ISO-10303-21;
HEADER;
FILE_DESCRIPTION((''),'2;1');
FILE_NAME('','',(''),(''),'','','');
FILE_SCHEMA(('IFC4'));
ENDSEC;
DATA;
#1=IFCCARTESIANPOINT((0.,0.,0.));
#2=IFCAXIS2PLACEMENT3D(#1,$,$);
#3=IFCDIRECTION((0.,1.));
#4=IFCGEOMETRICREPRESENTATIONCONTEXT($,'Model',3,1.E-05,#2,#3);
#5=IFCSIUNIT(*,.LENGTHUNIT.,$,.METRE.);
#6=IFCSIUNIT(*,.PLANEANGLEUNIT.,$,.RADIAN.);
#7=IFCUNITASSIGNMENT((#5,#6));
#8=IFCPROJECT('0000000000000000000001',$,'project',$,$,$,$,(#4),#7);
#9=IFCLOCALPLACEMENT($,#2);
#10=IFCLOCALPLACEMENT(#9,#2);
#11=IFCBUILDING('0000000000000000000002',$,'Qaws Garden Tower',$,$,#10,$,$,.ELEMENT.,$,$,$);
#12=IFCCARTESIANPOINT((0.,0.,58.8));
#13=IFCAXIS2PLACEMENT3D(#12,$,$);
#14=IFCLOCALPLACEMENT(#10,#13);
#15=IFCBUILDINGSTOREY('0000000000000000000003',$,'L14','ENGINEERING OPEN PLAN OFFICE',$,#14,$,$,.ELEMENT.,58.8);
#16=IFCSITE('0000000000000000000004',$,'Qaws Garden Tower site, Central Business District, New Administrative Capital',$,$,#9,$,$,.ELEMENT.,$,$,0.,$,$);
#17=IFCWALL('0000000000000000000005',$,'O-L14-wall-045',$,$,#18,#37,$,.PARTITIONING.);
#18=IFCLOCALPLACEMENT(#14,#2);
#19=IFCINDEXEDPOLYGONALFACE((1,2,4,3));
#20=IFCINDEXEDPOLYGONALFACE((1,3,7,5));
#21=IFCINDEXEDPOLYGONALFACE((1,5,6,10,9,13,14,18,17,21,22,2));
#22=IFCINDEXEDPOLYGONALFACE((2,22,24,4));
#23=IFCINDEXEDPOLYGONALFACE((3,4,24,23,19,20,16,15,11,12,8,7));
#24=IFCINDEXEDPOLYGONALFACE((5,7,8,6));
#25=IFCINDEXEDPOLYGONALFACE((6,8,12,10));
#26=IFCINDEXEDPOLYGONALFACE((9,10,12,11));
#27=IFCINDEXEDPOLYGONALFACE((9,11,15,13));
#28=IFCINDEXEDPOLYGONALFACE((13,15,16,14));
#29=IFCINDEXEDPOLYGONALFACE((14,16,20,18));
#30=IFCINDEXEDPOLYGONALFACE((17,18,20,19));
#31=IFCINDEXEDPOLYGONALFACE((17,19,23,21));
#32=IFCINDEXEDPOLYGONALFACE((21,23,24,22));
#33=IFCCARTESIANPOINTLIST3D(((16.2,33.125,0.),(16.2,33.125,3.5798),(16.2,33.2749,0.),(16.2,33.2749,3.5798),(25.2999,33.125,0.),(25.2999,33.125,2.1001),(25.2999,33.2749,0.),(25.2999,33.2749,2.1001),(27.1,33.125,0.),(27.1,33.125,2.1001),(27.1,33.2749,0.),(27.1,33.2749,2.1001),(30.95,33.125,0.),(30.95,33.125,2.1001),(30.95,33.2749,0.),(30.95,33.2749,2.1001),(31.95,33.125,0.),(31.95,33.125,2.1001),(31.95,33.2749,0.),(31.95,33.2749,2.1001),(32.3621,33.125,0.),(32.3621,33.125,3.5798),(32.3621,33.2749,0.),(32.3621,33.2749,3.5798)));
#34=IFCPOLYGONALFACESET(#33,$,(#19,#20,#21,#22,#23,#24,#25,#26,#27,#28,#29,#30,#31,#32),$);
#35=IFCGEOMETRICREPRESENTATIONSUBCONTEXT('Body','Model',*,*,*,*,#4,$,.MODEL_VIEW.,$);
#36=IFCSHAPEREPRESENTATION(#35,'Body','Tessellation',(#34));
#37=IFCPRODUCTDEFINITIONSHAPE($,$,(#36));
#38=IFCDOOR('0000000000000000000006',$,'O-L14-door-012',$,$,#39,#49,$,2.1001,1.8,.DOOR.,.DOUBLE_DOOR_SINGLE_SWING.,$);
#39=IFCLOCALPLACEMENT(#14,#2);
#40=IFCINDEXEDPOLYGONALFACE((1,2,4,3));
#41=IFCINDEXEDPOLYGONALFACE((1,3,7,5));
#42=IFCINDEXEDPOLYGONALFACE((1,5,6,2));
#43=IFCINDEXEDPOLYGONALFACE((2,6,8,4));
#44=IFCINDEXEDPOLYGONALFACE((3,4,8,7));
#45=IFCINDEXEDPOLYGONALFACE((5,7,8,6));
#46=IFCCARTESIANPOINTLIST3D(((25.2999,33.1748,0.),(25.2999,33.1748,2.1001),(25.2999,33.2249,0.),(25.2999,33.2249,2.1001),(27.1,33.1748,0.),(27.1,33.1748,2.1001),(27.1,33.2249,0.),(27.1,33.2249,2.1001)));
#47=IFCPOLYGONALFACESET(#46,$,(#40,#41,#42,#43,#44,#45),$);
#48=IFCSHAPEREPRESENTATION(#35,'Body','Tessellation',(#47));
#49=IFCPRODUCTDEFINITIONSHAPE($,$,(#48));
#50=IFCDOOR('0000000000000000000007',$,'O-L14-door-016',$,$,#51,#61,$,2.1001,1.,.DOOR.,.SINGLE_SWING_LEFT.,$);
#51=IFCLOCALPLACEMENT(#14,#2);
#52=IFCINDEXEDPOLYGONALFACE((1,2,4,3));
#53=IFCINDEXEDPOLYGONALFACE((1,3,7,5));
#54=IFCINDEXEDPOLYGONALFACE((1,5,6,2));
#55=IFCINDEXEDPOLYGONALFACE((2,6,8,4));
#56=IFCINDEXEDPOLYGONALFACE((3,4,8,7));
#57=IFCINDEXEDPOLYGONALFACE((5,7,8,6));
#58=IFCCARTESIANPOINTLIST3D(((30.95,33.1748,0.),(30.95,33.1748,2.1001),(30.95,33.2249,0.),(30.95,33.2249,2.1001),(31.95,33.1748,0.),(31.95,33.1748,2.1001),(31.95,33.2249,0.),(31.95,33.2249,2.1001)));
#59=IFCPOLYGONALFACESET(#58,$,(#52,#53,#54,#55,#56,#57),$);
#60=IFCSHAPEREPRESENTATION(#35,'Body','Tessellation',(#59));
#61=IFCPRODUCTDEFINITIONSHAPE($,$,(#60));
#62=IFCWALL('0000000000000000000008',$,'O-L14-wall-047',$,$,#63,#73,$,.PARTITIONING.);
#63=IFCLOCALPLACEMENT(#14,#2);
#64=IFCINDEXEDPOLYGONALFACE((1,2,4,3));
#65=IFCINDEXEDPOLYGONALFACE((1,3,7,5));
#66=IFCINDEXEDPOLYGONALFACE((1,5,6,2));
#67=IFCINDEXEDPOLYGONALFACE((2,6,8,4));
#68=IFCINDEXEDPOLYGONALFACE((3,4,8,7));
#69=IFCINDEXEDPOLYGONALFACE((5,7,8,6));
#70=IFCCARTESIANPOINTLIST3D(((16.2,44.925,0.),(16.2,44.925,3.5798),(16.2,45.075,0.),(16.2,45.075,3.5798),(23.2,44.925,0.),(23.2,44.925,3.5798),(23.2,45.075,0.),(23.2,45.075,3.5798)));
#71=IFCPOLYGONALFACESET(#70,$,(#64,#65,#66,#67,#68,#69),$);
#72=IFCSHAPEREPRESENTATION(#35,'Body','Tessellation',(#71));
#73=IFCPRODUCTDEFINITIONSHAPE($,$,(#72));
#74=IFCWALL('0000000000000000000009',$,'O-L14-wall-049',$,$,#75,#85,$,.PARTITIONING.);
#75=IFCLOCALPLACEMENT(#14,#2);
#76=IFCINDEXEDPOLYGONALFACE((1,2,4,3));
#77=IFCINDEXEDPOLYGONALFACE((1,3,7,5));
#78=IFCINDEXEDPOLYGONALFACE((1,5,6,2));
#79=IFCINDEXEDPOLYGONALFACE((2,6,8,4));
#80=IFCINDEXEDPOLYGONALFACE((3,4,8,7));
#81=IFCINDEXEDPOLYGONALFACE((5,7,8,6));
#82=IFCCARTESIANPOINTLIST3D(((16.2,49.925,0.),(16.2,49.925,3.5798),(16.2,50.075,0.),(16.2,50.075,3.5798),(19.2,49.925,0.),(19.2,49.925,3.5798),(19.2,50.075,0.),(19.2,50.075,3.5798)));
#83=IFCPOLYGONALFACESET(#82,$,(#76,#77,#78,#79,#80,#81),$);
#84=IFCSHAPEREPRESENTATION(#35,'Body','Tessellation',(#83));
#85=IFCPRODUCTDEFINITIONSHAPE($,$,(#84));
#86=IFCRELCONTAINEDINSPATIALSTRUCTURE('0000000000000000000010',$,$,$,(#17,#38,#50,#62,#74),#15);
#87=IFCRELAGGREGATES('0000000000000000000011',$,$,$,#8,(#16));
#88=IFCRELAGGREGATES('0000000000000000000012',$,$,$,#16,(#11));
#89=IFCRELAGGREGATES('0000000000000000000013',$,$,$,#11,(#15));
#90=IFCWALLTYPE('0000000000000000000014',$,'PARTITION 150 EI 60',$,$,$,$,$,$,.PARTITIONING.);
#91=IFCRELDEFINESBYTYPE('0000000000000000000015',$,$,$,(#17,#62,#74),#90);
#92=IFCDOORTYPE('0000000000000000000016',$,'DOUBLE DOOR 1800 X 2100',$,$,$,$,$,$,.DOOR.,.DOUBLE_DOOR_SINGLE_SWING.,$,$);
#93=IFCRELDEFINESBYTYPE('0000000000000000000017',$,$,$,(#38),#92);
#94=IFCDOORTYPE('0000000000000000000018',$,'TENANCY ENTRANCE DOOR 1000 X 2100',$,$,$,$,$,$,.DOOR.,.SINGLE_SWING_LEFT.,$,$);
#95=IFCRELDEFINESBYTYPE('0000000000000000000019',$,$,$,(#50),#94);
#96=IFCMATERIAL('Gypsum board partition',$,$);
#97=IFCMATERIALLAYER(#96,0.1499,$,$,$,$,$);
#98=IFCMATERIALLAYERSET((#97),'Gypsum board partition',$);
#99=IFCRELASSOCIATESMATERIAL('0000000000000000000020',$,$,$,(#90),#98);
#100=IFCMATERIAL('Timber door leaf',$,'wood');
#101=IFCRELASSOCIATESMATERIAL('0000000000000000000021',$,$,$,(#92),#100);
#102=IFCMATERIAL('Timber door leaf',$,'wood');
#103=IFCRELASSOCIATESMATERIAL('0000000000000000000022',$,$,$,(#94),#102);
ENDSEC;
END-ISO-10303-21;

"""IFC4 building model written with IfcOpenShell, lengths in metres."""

from ifc_helpers import new_model, si_unit, direction, frame, frame_2d, origin, place, context, subcontext, project, spatial, rectangle, extrude, material, layer, layer_set, type_object, element, fill, save


model = new_model("IFC4")

# Units and contexts
model_context = context("Model", 3, precision=1e-05, world=origin(), true_north=direction((0.0, 1.0)))
body_context = subcontext(model_context, "Body", "Model", "MODEL_VIEW")
ifc_project = project(units=[si_unit("LENGTHUNIT", "METRE"), si_unit("PLANEANGLEUNIT", "RADIAN")], contexts=[model_context])

# Site, building, storey
site_placement = place(None, origin())
site = spatial("IfcSite", under=ifc_project, at=site_placement, Name="Qaws Garden Tower site, Central Business District, New Administrative Capital", CompositionType="ELEMENT", RefElevation=0.0)
building_placement = place(site_placement, origin())
building = spatial("IfcBuilding", under=site, at=building_placement, Name="Qaws Garden Tower", CompositionType="ELEMENT")
storey_placement = place(building_placement, frame((0.0, 0.0, 58.8)))
storey = spatial("IfcBuildingStorey", under=building, at=storey_placement, Name="L14", Description="ENGINEERING OPEN PLAN OFFICE", CompositionType="ELEMENT", Elevation=58.8)

# Shared definitions
ifc_material_1 = material(Name="Gypsum board partition")
ifc_layer_1 = layer(ifc_material_1, 0.1499)
ifc_layer_set_1 = layer_set([ifc_layer_1], Name="Gypsum board partition")
wall_type_1 = type_object("IfcWallType", Name="PARTITION 150 EI 60", PredefinedType="PARTITIONING", material=ifc_layer_set_1)
ifc_material_2 = material(Name="Timber door leaf", Category="wood")
door_type_1 = type_object("IfcDoorType", Name="DOUBLE DOOR 1800 X 2100", OperationType="DOUBLE_DOOR_SINGLE_SWING", PredefinedType="DOOR", material=ifc_material_2)
ifc_material_3 = material(Name="Timber door leaf", Category="wood")
door_type_2 = type_object("IfcDoorType", Name="TENANCY ENTRANCE DOOR 1000 X 2100", OperationType="SINGLE_SWING_LEFT", PredefinedType="DOOR", material=ifc_material_3)

# Wall, openings, doors
wall_1_placement = place(storey_placement, frame((16.2, 33.2, 0.0), z_axis=(0.0, 0.0, 1.0), x_axis=(1.0, 0.0, 0.0)))
wall_1 = element("IfcWall", 1, at=wall_1_placement, inside=storey, type_object=wall_type_1, Name="O-L14-wall-045", PredefinedType="PARTITIONING", context=body_context, shape_type="SweptSolid", body=[
    extrude(rectangle(XDim=16.1621, YDim=0.1499, at=frame_2d((8.0811, 0.0))), origin(), (0.0, 0.0, 1.0), 3.5798),
])
opening_1_placement = place(wall_1_placement, frame((9.1001, 0.0, 0.0)))
opening_1 = element("IfcOpeningElement", 2, at=opening_1_placement, cuts=wall_1, PredefinedType="OPENING", context=body_context, shape_type="SweptSolid", body=[
    extrude(rectangle(XDim=1.8, YDim=2.1001, at=frame_2d((0.8999, 1.05))), frame((0.0, 0.085, 0.0), z_axis=(0.0, -1.0, 0.0), x_axis=(1.0, 0.0, 0.0)), (0.0, 0.0, 1.0), 0.1699),
])
opening_2_placement = place(wall_1_placement, frame((14.75, 0.0, 0.0)))
opening_2 = element("IfcOpeningElement", 3, at=opening_2_placement, cuts=wall_1, PredefinedType="OPENING", context=body_context, shape_type="SweptSolid", body=[
    extrude(rectangle(XDim=1.0, YDim=2.1001, at=frame_2d((0.5, 1.05))), frame((0.0, 0.085, 0.0), z_axis=(0.0, -1.0, 0.0), x_axis=(1.0, 0.0, 0.0)), (0.0, 0.0, 1.0), 0.1699),
])
door_1_placement = place(opening_1_placement, origin())
door_1 = element("IfcDoor", 4, at=door_1_placement, inside=storey, type_object=door_type_1, Name="O-L14-door-012", OperationType="DOUBLE_DOOR_SINGLE_SWING", OverallHeight=2.1001, OverallWidth=1.8, PredefinedType="DOOR", context=body_context, shape_type="SweptSolid", body=[
    extrude(rectangle(XDim=1.8, YDim=2.1001, at=frame_2d((0.8999, 1.05))), frame((0.0, 0.0249, 0.0), z_axis=(0.0, -1.0, 0.0), x_axis=(1.0, 0.0, 0.0)), (0.0, 0.0, 1.0), 0.05),
])
fill(opening_1, door_1)
door_2_placement = place(opening_2_placement, origin())
door_2 = element("IfcDoor", 5, at=door_2_placement, inside=storey, type_object=door_type_2, Name="O-L14-door-016", OperationType="SINGLE_SWING_LEFT", OverallHeight=2.1001, OverallWidth=1.0, PredefinedType="DOOR", context=body_context, shape_type="SweptSolid", body=[
    extrude(rectangle(XDim=1.0, YDim=2.1001, at=frame_2d((0.5, 1.05))), frame((0.0, 0.0249, 0.0), z_axis=(0.0, -1.0, 0.0), x_axis=(1.0, 0.0, 0.0)), (0.0, 0.0, 1.0), 0.05),
])
fill(opening_2, door_2)

# Walls
wall_2_placement = place(storey_placement, frame((16.2, 45.0, 0.0), z_axis=(0.0, 0.0, 1.0), x_axis=(1.0, 0.0, 0.0)))
element("IfcWall", 6, at=wall_2_placement, inside=storey, type_object=wall_type_1, Name="O-L14-wall-047", PredefinedType="PARTITIONING", context=body_context, shape_type="SweptSolid", body=[
    extrude(rectangle(XDim=7.0, YDim=0.1499, at=frame_2d((3.5, 0.0))), origin(), (0.0, 0.0, 1.0), 3.5798),
])
wall_3_placement = place(storey_placement, frame((16.2, 50.0, 0.0), z_axis=(0.0, 0.0, 1.0), x_axis=(1.0, 0.0, 0.0)))
element("IfcWall", 7, at=wall_3_placement, inside=storey, type_object=wall_type_1, Name="O-L14-wall-049", PredefinedType="PARTITIONING", context=body_context, shape_type="SweptSolid", body=[
    extrude(rectangle(XDim=3.0, YDim=0.1499, at=frame_2d((1.5, 0.0))), origin(), (0.0, 0.0, 1.0), 3.5798),
])

save(model, "model.ifc")
